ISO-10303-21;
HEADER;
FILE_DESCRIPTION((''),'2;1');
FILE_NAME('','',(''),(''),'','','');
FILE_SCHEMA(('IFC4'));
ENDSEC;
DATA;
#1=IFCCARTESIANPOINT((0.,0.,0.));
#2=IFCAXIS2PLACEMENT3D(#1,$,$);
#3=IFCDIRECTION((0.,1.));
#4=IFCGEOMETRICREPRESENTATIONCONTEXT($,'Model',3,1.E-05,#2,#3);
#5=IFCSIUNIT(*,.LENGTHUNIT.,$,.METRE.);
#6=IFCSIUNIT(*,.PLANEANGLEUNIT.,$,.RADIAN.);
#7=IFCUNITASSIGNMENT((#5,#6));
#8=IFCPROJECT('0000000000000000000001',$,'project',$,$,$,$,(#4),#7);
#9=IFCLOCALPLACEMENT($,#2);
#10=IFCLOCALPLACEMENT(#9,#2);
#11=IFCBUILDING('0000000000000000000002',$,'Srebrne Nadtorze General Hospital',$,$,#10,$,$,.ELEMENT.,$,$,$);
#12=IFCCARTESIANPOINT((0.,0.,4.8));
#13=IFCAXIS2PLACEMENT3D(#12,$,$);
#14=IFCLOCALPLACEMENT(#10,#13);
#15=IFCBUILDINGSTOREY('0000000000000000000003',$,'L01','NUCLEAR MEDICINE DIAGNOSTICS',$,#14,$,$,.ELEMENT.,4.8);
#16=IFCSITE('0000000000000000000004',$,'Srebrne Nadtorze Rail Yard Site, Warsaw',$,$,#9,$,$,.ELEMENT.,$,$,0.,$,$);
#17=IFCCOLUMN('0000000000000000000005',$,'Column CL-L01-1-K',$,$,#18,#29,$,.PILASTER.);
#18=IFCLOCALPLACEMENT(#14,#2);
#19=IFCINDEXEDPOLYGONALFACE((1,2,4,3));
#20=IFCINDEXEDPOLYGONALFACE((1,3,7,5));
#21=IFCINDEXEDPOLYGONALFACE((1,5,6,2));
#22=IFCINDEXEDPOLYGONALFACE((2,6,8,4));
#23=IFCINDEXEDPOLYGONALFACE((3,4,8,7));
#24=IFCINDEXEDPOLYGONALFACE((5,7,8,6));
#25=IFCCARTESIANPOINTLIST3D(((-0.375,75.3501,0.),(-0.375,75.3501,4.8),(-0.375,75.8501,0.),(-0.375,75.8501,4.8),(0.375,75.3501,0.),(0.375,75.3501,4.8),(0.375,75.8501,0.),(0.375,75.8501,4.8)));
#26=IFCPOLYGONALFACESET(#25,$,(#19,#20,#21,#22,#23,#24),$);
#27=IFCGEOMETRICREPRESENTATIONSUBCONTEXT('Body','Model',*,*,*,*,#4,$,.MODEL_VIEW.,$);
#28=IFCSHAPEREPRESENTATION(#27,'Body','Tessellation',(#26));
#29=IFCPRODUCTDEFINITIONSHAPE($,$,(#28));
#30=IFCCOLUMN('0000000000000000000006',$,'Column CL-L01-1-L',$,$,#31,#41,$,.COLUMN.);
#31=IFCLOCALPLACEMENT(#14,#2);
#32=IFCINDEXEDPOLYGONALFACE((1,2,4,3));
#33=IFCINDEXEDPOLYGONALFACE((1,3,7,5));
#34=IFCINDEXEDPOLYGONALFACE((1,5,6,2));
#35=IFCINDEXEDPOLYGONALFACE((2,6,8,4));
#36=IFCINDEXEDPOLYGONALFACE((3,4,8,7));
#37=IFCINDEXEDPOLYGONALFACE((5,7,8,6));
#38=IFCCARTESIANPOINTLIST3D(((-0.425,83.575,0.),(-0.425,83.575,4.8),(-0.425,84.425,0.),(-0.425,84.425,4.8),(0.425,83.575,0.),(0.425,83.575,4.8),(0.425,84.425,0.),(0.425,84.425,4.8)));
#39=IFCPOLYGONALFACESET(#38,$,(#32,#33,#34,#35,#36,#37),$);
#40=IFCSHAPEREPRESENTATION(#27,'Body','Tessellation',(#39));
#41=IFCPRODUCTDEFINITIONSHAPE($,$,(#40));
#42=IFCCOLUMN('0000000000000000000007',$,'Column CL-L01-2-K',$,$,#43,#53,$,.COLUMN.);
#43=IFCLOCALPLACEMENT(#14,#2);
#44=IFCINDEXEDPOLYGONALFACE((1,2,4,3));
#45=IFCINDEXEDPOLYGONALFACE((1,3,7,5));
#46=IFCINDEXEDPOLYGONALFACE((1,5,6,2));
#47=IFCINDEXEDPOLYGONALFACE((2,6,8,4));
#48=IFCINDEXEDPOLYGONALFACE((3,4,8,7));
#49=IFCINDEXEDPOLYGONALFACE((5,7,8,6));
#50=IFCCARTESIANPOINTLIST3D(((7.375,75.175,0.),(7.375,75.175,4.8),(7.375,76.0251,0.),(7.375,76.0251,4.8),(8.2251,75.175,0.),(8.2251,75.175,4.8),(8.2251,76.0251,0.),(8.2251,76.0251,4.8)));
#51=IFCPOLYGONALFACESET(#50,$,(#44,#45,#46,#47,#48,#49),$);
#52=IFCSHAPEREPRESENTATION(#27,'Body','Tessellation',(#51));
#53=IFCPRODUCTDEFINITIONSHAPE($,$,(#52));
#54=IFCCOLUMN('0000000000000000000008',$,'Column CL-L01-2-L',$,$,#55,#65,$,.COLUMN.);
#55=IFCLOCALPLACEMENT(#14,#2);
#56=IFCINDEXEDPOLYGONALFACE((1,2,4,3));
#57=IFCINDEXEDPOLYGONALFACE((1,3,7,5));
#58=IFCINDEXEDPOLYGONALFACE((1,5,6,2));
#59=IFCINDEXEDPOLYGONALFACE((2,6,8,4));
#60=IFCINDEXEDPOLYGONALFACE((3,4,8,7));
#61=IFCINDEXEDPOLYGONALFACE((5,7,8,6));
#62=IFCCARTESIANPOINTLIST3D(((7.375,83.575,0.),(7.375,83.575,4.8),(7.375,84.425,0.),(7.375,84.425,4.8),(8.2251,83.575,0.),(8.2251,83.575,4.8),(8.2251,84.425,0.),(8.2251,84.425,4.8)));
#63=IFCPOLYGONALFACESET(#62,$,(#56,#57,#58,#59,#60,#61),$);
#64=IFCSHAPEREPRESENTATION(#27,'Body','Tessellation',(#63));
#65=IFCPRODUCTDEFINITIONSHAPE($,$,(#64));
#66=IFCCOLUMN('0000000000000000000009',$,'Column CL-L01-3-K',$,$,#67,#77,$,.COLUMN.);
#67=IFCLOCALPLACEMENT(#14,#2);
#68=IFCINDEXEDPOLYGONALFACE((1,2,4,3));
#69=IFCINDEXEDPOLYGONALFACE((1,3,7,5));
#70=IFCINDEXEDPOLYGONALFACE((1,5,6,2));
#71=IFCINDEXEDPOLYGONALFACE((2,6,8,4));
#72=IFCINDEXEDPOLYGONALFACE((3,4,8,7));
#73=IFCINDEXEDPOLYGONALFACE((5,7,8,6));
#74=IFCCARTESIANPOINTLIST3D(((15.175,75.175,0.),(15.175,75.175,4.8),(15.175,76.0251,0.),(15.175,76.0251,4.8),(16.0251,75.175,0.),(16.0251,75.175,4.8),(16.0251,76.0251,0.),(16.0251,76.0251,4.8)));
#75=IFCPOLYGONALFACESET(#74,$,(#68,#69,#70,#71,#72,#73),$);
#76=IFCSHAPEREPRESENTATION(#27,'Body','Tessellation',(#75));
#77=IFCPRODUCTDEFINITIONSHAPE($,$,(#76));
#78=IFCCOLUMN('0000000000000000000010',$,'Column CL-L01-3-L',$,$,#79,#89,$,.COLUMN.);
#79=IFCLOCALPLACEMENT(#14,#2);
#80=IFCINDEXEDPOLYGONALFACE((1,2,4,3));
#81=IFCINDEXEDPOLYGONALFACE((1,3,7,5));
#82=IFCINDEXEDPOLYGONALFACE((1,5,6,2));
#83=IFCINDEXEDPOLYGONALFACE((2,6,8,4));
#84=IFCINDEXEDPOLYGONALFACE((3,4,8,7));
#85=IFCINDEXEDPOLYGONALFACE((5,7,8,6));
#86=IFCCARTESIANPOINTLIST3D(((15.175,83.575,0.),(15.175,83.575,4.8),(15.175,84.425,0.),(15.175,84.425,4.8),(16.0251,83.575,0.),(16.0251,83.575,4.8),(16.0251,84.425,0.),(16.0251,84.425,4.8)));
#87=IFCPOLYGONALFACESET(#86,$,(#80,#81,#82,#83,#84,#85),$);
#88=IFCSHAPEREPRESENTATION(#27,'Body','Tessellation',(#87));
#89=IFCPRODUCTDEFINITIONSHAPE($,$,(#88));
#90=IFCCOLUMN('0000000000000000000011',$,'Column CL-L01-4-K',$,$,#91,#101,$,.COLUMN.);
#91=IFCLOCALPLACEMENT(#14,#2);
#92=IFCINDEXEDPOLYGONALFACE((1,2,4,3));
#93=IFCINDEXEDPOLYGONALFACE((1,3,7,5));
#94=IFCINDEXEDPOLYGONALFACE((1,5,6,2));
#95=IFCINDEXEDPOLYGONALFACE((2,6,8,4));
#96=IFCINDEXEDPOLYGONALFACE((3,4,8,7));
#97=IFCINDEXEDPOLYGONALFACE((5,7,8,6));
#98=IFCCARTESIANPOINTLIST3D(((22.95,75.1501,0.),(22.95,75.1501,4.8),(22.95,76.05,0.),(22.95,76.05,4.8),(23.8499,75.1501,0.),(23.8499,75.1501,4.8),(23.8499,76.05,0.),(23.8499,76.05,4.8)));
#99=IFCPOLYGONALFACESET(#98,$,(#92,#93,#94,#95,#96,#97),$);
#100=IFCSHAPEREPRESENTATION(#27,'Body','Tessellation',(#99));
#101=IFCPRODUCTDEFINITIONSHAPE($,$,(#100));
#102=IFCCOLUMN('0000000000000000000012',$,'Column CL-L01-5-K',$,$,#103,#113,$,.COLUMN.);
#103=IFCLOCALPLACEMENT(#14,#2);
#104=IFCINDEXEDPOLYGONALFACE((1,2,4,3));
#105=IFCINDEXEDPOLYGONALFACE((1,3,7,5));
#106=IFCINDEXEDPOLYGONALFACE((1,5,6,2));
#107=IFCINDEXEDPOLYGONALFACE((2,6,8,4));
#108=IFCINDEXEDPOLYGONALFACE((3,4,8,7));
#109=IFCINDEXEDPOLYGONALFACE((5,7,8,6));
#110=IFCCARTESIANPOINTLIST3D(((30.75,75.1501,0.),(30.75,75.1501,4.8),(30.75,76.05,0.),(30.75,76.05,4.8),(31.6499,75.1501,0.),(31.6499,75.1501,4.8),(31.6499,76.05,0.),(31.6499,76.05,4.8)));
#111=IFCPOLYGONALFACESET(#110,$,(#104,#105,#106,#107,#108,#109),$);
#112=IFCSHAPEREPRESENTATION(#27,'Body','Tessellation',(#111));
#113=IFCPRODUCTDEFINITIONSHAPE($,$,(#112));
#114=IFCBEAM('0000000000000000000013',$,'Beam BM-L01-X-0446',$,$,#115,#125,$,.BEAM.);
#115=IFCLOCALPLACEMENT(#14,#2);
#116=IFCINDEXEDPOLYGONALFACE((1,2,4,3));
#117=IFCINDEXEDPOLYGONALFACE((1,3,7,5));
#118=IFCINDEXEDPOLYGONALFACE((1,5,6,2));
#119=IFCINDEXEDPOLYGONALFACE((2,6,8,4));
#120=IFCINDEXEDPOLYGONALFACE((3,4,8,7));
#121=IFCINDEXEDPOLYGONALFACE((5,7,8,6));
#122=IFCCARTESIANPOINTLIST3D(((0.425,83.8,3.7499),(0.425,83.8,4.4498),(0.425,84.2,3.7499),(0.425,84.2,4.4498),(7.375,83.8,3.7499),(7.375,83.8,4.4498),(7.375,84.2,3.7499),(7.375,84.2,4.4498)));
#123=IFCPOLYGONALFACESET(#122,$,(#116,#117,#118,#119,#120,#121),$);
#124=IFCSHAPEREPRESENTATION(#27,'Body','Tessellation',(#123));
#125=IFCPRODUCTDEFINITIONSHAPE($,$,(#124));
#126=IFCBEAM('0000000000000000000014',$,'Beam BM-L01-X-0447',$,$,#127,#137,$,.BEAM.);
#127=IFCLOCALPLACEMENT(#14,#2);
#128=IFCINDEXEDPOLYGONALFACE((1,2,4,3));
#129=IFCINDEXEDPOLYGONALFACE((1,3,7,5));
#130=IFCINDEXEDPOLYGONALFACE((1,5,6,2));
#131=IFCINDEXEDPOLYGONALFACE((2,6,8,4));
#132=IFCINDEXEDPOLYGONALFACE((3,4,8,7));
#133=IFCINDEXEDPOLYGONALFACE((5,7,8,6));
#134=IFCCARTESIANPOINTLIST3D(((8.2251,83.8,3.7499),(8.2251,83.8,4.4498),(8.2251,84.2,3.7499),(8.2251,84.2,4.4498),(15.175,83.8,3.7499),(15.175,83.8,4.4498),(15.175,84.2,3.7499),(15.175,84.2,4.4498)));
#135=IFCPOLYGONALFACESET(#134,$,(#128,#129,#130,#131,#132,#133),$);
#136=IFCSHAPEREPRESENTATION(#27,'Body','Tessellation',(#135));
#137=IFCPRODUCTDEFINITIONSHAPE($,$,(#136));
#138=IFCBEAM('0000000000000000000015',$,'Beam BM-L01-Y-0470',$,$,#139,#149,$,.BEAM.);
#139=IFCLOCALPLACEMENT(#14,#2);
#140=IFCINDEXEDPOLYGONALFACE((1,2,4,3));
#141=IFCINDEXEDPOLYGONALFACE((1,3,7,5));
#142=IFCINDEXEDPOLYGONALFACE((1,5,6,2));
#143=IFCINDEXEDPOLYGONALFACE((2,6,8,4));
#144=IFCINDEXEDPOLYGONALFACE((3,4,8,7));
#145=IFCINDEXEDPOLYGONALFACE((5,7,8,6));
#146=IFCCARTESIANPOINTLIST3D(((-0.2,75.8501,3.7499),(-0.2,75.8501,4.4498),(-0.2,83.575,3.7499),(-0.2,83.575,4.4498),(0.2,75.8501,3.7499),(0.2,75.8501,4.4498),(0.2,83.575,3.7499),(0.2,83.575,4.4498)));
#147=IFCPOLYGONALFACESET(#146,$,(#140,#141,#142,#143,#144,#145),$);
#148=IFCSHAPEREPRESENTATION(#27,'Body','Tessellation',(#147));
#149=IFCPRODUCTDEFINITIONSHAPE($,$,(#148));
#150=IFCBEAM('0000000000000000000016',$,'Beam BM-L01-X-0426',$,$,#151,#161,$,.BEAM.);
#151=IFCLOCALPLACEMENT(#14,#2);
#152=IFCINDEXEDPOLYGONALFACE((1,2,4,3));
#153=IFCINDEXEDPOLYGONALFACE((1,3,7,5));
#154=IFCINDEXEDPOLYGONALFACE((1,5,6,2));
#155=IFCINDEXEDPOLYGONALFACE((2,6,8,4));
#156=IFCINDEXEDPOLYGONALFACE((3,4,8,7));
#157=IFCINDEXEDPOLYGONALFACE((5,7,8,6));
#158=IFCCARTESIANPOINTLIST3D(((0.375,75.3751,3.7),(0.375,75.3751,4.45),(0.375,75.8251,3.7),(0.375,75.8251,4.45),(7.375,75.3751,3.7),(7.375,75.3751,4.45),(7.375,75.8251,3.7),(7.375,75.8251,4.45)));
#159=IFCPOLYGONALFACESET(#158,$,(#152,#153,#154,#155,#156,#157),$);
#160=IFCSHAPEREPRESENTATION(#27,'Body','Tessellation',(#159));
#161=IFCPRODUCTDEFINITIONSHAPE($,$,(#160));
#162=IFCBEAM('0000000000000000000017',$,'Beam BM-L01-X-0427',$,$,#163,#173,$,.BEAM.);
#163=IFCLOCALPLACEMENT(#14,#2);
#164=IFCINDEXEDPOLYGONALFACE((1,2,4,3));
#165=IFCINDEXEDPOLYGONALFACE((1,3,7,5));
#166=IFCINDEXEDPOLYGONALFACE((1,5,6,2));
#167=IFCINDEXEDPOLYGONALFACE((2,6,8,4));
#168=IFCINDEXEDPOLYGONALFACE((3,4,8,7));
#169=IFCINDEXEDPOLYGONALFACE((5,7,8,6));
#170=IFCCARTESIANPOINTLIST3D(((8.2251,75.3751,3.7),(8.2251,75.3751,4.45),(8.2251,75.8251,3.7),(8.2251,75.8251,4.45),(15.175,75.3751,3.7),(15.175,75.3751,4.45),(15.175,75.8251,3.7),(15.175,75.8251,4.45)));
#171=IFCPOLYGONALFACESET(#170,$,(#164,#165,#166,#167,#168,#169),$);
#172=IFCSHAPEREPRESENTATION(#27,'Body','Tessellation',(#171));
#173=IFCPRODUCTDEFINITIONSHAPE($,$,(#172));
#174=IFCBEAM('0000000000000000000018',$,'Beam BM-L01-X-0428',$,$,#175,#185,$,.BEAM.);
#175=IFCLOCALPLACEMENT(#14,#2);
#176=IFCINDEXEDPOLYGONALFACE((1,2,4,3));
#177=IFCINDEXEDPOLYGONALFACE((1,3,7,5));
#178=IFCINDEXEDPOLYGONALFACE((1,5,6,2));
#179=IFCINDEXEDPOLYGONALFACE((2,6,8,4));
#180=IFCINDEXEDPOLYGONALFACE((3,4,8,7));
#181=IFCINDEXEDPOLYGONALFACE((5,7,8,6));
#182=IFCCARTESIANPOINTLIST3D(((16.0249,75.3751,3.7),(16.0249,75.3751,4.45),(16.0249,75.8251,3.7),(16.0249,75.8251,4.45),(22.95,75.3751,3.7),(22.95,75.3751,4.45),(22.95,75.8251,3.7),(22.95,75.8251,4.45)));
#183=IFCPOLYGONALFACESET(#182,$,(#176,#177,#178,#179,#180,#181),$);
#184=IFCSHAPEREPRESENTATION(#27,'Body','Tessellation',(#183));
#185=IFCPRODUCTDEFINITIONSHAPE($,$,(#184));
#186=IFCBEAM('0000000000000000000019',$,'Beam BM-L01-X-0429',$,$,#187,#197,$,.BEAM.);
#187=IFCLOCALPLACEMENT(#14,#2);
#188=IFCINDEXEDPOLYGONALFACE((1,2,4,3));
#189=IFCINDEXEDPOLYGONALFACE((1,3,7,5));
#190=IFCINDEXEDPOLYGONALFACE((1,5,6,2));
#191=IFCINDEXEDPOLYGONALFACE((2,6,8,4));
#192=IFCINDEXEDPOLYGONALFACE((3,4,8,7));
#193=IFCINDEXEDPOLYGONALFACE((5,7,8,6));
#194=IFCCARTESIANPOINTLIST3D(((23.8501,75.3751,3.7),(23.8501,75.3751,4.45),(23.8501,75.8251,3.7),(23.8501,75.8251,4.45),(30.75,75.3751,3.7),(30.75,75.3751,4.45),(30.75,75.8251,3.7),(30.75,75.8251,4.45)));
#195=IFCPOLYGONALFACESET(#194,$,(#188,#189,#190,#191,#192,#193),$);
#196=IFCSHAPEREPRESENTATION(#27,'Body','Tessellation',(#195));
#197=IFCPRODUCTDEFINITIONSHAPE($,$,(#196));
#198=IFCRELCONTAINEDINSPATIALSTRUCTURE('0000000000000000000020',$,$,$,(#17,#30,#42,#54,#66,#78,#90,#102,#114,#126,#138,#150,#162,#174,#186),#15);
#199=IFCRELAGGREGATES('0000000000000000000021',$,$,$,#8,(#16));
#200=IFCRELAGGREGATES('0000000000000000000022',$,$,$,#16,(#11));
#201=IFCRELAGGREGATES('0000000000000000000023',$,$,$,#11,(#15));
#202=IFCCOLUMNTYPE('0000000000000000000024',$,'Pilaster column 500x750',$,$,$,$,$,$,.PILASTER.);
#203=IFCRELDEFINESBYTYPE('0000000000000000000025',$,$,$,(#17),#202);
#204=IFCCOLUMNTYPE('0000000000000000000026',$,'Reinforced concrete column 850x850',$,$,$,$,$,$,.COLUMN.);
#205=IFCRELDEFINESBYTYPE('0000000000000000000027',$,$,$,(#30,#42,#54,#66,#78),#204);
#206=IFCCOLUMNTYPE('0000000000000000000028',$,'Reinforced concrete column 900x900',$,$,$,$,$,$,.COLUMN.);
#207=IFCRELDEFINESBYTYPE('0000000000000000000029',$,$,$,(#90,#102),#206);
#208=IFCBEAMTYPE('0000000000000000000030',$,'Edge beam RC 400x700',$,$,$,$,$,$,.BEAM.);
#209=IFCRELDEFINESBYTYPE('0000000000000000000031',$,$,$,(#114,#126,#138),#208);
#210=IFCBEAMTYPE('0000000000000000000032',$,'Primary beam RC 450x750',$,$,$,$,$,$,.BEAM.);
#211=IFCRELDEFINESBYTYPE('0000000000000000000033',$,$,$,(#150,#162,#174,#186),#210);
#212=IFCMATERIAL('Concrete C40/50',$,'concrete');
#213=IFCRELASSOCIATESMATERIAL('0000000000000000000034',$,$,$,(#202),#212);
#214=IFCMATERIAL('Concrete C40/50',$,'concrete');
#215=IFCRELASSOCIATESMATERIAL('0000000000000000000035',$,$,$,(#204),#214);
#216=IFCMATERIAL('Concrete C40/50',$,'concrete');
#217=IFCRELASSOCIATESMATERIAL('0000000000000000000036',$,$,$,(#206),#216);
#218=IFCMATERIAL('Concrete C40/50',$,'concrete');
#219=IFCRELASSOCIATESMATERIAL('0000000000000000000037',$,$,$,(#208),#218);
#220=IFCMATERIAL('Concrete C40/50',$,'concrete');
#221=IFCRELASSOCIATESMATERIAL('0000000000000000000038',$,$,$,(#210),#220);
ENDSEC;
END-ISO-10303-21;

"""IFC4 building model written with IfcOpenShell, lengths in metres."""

from ifc_helpers import new_model, si_unit, direction, frame, origin, origin_2d, place, context, subcontext, project, spatial, rectangle, extrude, material, material_profile, profile_set, type_object, element, save


model = new_model("IFC4")

# Units and contexts
model_context = context("Model", 3, precision=1e-05, world=origin(), true_north=direction((0.0, 1.0)))
body_context = subcontext(model_context, "Body", "Model", "MODEL_VIEW")
ifc_project = project(units=[si_unit("LENGTHUNIT", "METRE"), si_unit("PLANEANGLEUNIT", "RADIAN")], contexts=[model_context])

# Site, building, storey
site_placement = place(None, origin())
site = spatial("IfcSite", under=ifc_project, at=site_placement, Name="Srebrne Nadtorze Rail Yard Site, Warsaw", CompositionType="ELEMENT", RefElevation=0.0)
building_placement = place(site_placement, origin())
building = spatial("IfcBuilding", under=site, at=building_placement, Name="Srebrne Nadtorze General Hospital", CompositionType="ELEMENT")
storey_placement = place(building_placement, frame((0.0, 0.0, 4.8)))
storey = spatial("IfcBuildingStorey", under=building, at=storey_placement, Name="L01", Description="NUCLEAR MEDICINE DIAGNOSTICS", CompositionType="ELEMENT", Elevation=4.8)

# Columns
ifc_material_1 = material(Name="Concrete C40/50", Category="concrete")
ifc_material_profile_1 = material_profile(ifc_material_1, rectangle(XDim=0.5, YDim=0.75, at=origin_2d()), Name="RC-PIL-500x750")
ifc_profile_set_1 = profile_set([ifc_material_profile_1], Name="Concrete C40/50")
column_type_1 = type_object("IfcColumnType", Name="Pilaster column 500x750", PredefinedType="PILASTER", material=ifc_profile_set_1)
column_placement = place(storey_placement, frame((0.0, 75.6001, 0.0), z_axis=(0.0, 0.0, 1.0), x_axis=(0.0, 1.0, 0.0)))
element("IfcColumn", 1, at=column_placement, inside=storey, type_object=column_type_1, Name="Column CL-L01-1-K", PredefinedType="PILASTER", context=body_context, shape_type="SweptSolid", body=[
    extrude(rectangle(XDim=0.5, YDim=0.75, at=origin_2d()), origin(), (0.0, 0.0, 1.0), 4.8),
])
ifc_material_2 = material(Name="Concrete C40/50", Category="concrete")
ifc_material_profile_2 = material_profile(ifc_material_2, rectangle(XDim=0.8501, YDim=0.8501, at=origin_2d()), Name="RC-COL-850x850")
ifc_profile_set_2 = profile_set([ifc_material_profile_2], Name="Concrete C40/50")
column_type_2 = type_object("IfcColumnType", Name="Reinforced concrete column 850x850", PredefinedType="COLUMN", material=ifc_profile_set_2)
for number, where, z_axis, x_axis, name in (
    (2, (0.0, 84.0, 0.0), (0.0, 0.0, 1.0), (1.0, 0.0, 0.0), "Column CL-L01-1-L"),
    (3, (7.8, 75.6001, 0.0), (0.0, 0.0, 1.0), (1.0, 0.0, 0.0), "Column CL-L01-2-K"),
    (4, (7.8, 84.0, 0.0), (0.0, 0.0, 1.0), (1.0, 0.0, 0.0), "Column CL-L01-2-L"),
    (5, (15.6001, 75.6001, 0.0), (0.0, 0.0, 1.0), (1.0, 0.0, 0.0), "Column CL-L01-3-K"),
    (6, (15.6001, 84.0, 0.0), (0.0, 0.0, 1.0), (1.0, 0.0, 0.0), "Column CL-L01-3-L"),
):
    element("IfcColumn", number, at=place(storey_placement, frame(where, z_axis=z_axis, x_axis=x_axis)), inside=storey, type_object=column_type_2, Name=name, PredefinedType="COLUMN", context=body_context, shape_type="SweptSolid", body=[
        extrude(rectangle(XDim=0.8501, YDim=0.8501, at=origin_2d()), origin(), (0.0, 0.0, 1.0), 4.8),
    ])
ifc_material_3 = material(Name="Concrete C40/50", Category="concrete")
ifc_material_profile_3 = material_profile(ifc_material_3, rectangle(XDim=0.8999, YDim=0.8999, at=origin_2d()), Name="RC-COL-900x900")
ifc_profile_set_3 = profile_set([ifc_material_profile_3], Name="Concrete C40/50")
column_type_3 = type_object("IfcColumnType", Name="Reinforced concrete column 900x900", PredefinedType="COLUMN", material=ifc_profile_set_3)
for number, where, z_axis, x_axis, name in (
    (7, (23.3999, 75.6001, 0.0), (0.0, 0.0, 1.0), (1.0, 0.0, 0.0), "Column CL-L01-4-K"),
    (8, (31.2, 75.6001, 0.0), (0.0, 0.0, 1.0), (1.0, 0.0, 0.0), "Column CL-L01-5-K"),
):
    element("IfcColumn", number, at=place(storey_placement, frame(where, z_axis=z_axis, x_axis=x_axis)), inside=storey, type_object=column_type_3, Name=name, PredefinedType="COLUMN", context=body_context, shape_type="SweptSolid", body=[
        extrude(rectangle(XDim=0.8999, YDim=0.8999, at=origin_2d()), origin(), (0.0, 0.0, 1.0), 4.8),
    ])

# Beams
ifc_material_4 = material(Name="Concrete C40/50", Category="concrete")
ifc_material_profile_4 = material_profile(ifc_material_4, rectangle(XDim=0.3999, YDim=0.7, at=origin_2d()), Name="RC-BM-400x700")
ifc_profile_set_4 = profile_set([ifc_material_profile_4], Name="Concrete C40/50")
beam_type_1 = type_object("IfcBeamType", Name="Edge beam RC 400x700", PredefinedType="BEAM", material=ifc_profile_set_4)
for number, where, z_axis, x_axis, name in (
    (9, (0.425, 84.0, 4.0999), (1.0, 0.0, 0.0), (0.0, 1.0, 0.0), "Beam BM-L01-X-0446"),
    (10, (8.2251, 84.0, 4.0999), (1.0, 0.0, 0.0), (0.0, 1.0, 0.0), "Beam BM-L01-X-0447"),
):
    element("IfcBeam", number, at=place(storey_placement, frame(where, z_axis=z_axis, x_axis=x_axis)), inside=storey, type_object=beam_type_1, Name=name, PredefinedType="BEAM", context=body_context, shape_type="SweptSolid", body=[
        extrude(rectangle(XDim=0.3999, YDim=0.7, at=origin_2d()), origin(), (0.0, 0.0, 1.0), 6.95),
    ])
beam_1_placement = place(storey_placement, frame((0.0, 75.8501, 4.0999), z_axis=(0.0, 1.0, 0.0), x_axis=(-1.0, 0.0, 0.0)))
element("IfcBeam", 11, at=beam_1_placement, inside=storey, type_object=beam_type_1, Name="Beam BM-L01-Y-0470", PredefinedType="BEAM", context=body_context, shape_type="SweptSolid", body=[
    extrude(rectangle(XDim=0.3999, YDim=0.7, at=origin_2d()), origin(), (0.0, 0.0, 1.0), 7.7249),
])
ifc_material_5 = material(Name="Concrete C40/50", Category="concrete")
ifc_material_profile_5 = material_profile(ifc_material_5, rectangle(XDim=0.45, YDim=0.75, at=origin_2d()), Name="RC-BM-450x750")
ifc_profile_set_5 = profile_set([ifc_material_profile_5], Name="Concrete C40/50")
beam_type_2 = type_object("IfcBeamType", Name="Primary beam RC 450x750", PredefinedType="BEAM", material=ifc_profile_set_5)
beam_2_placement = place(storey_placement, frame((0.375, 75.6001, 4.075), z_axis=(1.0, 0.0, 0.0), x_axis=(0.0, 1.0, 0.0)))
element("IfcBeam", 12, at=beam_2_placement, inside=storey, type_object=beam_type_2, Name="Beam BM-L01-X-0426", PredefinedType="BEAM", context=body_context, shape_type="SweptSolid", body=[
    extrude(rectangle(XDim=0.45, YDim=0.75, at=origin_2d()), origin(), (0.0, 0.0, 1.0), 7.0),
])
beam_3_placement = place(storey_placement, frame((8.2251, 75.6001, 4.075), z_axis=(1.0, 0.0, 0.0), x_axis=(0.0, 1.0, 0.0)))
element("IfcBeam", 13, at=beam_3_placement, inside=storey, type_object=beam_type_2, Name="Beam BM-L01-X-0427", PredefinedType="BEAM", context=body_context, shape_type="SweptSolid", body=[
    extrude(rectangle(XDim=0.45, YDim=0.75, at=origin_2d()), origin(), (0.0, 0.0, 1.0), 6.95),
])
beam_4_placement = place(storey_placement, frame((16.0249, 75.6001, 4.075), z_axis=(1.0, 0.0, 0.0), x_axis=(0.0, 1.0, 0.0)))
element("IfcBeam", 14, at=beam_4_placement, inside=storey, type_object=beam_type_2, Name="Beam BM-L01-X-0428", PredefinedType="BEAM", context=body_context, shape_type="SweptSolid", body=[
    extrude(rectangle(XDim=0.45, YDim=0.75, at=origin_2d()), origin(), (0.0, 0.0, 1.0), 6.925),
])
beam_5_placement = place(storey_placement, frame((23.8501, 75.6001, 4.075), z_axis=(1.0, 0.0, 0.0), x_axis=(0.0, 1.0, 0.0)))
element("IfcBeam", 15, at=beam_5_placement, inside=storey, type_object=beam_type_2, Name="Beam BM-L01-X-0429", PredefinedType="BEAM", context=body_context, shape_type="SweptSolid", body=[
    extrude(rectangle(XDim=0.45, YDim=0.75, at=origin_2d()), origin(), (0.0, 0.0, 1.0), 6.8999),
])

save(model, "model.ifc")
